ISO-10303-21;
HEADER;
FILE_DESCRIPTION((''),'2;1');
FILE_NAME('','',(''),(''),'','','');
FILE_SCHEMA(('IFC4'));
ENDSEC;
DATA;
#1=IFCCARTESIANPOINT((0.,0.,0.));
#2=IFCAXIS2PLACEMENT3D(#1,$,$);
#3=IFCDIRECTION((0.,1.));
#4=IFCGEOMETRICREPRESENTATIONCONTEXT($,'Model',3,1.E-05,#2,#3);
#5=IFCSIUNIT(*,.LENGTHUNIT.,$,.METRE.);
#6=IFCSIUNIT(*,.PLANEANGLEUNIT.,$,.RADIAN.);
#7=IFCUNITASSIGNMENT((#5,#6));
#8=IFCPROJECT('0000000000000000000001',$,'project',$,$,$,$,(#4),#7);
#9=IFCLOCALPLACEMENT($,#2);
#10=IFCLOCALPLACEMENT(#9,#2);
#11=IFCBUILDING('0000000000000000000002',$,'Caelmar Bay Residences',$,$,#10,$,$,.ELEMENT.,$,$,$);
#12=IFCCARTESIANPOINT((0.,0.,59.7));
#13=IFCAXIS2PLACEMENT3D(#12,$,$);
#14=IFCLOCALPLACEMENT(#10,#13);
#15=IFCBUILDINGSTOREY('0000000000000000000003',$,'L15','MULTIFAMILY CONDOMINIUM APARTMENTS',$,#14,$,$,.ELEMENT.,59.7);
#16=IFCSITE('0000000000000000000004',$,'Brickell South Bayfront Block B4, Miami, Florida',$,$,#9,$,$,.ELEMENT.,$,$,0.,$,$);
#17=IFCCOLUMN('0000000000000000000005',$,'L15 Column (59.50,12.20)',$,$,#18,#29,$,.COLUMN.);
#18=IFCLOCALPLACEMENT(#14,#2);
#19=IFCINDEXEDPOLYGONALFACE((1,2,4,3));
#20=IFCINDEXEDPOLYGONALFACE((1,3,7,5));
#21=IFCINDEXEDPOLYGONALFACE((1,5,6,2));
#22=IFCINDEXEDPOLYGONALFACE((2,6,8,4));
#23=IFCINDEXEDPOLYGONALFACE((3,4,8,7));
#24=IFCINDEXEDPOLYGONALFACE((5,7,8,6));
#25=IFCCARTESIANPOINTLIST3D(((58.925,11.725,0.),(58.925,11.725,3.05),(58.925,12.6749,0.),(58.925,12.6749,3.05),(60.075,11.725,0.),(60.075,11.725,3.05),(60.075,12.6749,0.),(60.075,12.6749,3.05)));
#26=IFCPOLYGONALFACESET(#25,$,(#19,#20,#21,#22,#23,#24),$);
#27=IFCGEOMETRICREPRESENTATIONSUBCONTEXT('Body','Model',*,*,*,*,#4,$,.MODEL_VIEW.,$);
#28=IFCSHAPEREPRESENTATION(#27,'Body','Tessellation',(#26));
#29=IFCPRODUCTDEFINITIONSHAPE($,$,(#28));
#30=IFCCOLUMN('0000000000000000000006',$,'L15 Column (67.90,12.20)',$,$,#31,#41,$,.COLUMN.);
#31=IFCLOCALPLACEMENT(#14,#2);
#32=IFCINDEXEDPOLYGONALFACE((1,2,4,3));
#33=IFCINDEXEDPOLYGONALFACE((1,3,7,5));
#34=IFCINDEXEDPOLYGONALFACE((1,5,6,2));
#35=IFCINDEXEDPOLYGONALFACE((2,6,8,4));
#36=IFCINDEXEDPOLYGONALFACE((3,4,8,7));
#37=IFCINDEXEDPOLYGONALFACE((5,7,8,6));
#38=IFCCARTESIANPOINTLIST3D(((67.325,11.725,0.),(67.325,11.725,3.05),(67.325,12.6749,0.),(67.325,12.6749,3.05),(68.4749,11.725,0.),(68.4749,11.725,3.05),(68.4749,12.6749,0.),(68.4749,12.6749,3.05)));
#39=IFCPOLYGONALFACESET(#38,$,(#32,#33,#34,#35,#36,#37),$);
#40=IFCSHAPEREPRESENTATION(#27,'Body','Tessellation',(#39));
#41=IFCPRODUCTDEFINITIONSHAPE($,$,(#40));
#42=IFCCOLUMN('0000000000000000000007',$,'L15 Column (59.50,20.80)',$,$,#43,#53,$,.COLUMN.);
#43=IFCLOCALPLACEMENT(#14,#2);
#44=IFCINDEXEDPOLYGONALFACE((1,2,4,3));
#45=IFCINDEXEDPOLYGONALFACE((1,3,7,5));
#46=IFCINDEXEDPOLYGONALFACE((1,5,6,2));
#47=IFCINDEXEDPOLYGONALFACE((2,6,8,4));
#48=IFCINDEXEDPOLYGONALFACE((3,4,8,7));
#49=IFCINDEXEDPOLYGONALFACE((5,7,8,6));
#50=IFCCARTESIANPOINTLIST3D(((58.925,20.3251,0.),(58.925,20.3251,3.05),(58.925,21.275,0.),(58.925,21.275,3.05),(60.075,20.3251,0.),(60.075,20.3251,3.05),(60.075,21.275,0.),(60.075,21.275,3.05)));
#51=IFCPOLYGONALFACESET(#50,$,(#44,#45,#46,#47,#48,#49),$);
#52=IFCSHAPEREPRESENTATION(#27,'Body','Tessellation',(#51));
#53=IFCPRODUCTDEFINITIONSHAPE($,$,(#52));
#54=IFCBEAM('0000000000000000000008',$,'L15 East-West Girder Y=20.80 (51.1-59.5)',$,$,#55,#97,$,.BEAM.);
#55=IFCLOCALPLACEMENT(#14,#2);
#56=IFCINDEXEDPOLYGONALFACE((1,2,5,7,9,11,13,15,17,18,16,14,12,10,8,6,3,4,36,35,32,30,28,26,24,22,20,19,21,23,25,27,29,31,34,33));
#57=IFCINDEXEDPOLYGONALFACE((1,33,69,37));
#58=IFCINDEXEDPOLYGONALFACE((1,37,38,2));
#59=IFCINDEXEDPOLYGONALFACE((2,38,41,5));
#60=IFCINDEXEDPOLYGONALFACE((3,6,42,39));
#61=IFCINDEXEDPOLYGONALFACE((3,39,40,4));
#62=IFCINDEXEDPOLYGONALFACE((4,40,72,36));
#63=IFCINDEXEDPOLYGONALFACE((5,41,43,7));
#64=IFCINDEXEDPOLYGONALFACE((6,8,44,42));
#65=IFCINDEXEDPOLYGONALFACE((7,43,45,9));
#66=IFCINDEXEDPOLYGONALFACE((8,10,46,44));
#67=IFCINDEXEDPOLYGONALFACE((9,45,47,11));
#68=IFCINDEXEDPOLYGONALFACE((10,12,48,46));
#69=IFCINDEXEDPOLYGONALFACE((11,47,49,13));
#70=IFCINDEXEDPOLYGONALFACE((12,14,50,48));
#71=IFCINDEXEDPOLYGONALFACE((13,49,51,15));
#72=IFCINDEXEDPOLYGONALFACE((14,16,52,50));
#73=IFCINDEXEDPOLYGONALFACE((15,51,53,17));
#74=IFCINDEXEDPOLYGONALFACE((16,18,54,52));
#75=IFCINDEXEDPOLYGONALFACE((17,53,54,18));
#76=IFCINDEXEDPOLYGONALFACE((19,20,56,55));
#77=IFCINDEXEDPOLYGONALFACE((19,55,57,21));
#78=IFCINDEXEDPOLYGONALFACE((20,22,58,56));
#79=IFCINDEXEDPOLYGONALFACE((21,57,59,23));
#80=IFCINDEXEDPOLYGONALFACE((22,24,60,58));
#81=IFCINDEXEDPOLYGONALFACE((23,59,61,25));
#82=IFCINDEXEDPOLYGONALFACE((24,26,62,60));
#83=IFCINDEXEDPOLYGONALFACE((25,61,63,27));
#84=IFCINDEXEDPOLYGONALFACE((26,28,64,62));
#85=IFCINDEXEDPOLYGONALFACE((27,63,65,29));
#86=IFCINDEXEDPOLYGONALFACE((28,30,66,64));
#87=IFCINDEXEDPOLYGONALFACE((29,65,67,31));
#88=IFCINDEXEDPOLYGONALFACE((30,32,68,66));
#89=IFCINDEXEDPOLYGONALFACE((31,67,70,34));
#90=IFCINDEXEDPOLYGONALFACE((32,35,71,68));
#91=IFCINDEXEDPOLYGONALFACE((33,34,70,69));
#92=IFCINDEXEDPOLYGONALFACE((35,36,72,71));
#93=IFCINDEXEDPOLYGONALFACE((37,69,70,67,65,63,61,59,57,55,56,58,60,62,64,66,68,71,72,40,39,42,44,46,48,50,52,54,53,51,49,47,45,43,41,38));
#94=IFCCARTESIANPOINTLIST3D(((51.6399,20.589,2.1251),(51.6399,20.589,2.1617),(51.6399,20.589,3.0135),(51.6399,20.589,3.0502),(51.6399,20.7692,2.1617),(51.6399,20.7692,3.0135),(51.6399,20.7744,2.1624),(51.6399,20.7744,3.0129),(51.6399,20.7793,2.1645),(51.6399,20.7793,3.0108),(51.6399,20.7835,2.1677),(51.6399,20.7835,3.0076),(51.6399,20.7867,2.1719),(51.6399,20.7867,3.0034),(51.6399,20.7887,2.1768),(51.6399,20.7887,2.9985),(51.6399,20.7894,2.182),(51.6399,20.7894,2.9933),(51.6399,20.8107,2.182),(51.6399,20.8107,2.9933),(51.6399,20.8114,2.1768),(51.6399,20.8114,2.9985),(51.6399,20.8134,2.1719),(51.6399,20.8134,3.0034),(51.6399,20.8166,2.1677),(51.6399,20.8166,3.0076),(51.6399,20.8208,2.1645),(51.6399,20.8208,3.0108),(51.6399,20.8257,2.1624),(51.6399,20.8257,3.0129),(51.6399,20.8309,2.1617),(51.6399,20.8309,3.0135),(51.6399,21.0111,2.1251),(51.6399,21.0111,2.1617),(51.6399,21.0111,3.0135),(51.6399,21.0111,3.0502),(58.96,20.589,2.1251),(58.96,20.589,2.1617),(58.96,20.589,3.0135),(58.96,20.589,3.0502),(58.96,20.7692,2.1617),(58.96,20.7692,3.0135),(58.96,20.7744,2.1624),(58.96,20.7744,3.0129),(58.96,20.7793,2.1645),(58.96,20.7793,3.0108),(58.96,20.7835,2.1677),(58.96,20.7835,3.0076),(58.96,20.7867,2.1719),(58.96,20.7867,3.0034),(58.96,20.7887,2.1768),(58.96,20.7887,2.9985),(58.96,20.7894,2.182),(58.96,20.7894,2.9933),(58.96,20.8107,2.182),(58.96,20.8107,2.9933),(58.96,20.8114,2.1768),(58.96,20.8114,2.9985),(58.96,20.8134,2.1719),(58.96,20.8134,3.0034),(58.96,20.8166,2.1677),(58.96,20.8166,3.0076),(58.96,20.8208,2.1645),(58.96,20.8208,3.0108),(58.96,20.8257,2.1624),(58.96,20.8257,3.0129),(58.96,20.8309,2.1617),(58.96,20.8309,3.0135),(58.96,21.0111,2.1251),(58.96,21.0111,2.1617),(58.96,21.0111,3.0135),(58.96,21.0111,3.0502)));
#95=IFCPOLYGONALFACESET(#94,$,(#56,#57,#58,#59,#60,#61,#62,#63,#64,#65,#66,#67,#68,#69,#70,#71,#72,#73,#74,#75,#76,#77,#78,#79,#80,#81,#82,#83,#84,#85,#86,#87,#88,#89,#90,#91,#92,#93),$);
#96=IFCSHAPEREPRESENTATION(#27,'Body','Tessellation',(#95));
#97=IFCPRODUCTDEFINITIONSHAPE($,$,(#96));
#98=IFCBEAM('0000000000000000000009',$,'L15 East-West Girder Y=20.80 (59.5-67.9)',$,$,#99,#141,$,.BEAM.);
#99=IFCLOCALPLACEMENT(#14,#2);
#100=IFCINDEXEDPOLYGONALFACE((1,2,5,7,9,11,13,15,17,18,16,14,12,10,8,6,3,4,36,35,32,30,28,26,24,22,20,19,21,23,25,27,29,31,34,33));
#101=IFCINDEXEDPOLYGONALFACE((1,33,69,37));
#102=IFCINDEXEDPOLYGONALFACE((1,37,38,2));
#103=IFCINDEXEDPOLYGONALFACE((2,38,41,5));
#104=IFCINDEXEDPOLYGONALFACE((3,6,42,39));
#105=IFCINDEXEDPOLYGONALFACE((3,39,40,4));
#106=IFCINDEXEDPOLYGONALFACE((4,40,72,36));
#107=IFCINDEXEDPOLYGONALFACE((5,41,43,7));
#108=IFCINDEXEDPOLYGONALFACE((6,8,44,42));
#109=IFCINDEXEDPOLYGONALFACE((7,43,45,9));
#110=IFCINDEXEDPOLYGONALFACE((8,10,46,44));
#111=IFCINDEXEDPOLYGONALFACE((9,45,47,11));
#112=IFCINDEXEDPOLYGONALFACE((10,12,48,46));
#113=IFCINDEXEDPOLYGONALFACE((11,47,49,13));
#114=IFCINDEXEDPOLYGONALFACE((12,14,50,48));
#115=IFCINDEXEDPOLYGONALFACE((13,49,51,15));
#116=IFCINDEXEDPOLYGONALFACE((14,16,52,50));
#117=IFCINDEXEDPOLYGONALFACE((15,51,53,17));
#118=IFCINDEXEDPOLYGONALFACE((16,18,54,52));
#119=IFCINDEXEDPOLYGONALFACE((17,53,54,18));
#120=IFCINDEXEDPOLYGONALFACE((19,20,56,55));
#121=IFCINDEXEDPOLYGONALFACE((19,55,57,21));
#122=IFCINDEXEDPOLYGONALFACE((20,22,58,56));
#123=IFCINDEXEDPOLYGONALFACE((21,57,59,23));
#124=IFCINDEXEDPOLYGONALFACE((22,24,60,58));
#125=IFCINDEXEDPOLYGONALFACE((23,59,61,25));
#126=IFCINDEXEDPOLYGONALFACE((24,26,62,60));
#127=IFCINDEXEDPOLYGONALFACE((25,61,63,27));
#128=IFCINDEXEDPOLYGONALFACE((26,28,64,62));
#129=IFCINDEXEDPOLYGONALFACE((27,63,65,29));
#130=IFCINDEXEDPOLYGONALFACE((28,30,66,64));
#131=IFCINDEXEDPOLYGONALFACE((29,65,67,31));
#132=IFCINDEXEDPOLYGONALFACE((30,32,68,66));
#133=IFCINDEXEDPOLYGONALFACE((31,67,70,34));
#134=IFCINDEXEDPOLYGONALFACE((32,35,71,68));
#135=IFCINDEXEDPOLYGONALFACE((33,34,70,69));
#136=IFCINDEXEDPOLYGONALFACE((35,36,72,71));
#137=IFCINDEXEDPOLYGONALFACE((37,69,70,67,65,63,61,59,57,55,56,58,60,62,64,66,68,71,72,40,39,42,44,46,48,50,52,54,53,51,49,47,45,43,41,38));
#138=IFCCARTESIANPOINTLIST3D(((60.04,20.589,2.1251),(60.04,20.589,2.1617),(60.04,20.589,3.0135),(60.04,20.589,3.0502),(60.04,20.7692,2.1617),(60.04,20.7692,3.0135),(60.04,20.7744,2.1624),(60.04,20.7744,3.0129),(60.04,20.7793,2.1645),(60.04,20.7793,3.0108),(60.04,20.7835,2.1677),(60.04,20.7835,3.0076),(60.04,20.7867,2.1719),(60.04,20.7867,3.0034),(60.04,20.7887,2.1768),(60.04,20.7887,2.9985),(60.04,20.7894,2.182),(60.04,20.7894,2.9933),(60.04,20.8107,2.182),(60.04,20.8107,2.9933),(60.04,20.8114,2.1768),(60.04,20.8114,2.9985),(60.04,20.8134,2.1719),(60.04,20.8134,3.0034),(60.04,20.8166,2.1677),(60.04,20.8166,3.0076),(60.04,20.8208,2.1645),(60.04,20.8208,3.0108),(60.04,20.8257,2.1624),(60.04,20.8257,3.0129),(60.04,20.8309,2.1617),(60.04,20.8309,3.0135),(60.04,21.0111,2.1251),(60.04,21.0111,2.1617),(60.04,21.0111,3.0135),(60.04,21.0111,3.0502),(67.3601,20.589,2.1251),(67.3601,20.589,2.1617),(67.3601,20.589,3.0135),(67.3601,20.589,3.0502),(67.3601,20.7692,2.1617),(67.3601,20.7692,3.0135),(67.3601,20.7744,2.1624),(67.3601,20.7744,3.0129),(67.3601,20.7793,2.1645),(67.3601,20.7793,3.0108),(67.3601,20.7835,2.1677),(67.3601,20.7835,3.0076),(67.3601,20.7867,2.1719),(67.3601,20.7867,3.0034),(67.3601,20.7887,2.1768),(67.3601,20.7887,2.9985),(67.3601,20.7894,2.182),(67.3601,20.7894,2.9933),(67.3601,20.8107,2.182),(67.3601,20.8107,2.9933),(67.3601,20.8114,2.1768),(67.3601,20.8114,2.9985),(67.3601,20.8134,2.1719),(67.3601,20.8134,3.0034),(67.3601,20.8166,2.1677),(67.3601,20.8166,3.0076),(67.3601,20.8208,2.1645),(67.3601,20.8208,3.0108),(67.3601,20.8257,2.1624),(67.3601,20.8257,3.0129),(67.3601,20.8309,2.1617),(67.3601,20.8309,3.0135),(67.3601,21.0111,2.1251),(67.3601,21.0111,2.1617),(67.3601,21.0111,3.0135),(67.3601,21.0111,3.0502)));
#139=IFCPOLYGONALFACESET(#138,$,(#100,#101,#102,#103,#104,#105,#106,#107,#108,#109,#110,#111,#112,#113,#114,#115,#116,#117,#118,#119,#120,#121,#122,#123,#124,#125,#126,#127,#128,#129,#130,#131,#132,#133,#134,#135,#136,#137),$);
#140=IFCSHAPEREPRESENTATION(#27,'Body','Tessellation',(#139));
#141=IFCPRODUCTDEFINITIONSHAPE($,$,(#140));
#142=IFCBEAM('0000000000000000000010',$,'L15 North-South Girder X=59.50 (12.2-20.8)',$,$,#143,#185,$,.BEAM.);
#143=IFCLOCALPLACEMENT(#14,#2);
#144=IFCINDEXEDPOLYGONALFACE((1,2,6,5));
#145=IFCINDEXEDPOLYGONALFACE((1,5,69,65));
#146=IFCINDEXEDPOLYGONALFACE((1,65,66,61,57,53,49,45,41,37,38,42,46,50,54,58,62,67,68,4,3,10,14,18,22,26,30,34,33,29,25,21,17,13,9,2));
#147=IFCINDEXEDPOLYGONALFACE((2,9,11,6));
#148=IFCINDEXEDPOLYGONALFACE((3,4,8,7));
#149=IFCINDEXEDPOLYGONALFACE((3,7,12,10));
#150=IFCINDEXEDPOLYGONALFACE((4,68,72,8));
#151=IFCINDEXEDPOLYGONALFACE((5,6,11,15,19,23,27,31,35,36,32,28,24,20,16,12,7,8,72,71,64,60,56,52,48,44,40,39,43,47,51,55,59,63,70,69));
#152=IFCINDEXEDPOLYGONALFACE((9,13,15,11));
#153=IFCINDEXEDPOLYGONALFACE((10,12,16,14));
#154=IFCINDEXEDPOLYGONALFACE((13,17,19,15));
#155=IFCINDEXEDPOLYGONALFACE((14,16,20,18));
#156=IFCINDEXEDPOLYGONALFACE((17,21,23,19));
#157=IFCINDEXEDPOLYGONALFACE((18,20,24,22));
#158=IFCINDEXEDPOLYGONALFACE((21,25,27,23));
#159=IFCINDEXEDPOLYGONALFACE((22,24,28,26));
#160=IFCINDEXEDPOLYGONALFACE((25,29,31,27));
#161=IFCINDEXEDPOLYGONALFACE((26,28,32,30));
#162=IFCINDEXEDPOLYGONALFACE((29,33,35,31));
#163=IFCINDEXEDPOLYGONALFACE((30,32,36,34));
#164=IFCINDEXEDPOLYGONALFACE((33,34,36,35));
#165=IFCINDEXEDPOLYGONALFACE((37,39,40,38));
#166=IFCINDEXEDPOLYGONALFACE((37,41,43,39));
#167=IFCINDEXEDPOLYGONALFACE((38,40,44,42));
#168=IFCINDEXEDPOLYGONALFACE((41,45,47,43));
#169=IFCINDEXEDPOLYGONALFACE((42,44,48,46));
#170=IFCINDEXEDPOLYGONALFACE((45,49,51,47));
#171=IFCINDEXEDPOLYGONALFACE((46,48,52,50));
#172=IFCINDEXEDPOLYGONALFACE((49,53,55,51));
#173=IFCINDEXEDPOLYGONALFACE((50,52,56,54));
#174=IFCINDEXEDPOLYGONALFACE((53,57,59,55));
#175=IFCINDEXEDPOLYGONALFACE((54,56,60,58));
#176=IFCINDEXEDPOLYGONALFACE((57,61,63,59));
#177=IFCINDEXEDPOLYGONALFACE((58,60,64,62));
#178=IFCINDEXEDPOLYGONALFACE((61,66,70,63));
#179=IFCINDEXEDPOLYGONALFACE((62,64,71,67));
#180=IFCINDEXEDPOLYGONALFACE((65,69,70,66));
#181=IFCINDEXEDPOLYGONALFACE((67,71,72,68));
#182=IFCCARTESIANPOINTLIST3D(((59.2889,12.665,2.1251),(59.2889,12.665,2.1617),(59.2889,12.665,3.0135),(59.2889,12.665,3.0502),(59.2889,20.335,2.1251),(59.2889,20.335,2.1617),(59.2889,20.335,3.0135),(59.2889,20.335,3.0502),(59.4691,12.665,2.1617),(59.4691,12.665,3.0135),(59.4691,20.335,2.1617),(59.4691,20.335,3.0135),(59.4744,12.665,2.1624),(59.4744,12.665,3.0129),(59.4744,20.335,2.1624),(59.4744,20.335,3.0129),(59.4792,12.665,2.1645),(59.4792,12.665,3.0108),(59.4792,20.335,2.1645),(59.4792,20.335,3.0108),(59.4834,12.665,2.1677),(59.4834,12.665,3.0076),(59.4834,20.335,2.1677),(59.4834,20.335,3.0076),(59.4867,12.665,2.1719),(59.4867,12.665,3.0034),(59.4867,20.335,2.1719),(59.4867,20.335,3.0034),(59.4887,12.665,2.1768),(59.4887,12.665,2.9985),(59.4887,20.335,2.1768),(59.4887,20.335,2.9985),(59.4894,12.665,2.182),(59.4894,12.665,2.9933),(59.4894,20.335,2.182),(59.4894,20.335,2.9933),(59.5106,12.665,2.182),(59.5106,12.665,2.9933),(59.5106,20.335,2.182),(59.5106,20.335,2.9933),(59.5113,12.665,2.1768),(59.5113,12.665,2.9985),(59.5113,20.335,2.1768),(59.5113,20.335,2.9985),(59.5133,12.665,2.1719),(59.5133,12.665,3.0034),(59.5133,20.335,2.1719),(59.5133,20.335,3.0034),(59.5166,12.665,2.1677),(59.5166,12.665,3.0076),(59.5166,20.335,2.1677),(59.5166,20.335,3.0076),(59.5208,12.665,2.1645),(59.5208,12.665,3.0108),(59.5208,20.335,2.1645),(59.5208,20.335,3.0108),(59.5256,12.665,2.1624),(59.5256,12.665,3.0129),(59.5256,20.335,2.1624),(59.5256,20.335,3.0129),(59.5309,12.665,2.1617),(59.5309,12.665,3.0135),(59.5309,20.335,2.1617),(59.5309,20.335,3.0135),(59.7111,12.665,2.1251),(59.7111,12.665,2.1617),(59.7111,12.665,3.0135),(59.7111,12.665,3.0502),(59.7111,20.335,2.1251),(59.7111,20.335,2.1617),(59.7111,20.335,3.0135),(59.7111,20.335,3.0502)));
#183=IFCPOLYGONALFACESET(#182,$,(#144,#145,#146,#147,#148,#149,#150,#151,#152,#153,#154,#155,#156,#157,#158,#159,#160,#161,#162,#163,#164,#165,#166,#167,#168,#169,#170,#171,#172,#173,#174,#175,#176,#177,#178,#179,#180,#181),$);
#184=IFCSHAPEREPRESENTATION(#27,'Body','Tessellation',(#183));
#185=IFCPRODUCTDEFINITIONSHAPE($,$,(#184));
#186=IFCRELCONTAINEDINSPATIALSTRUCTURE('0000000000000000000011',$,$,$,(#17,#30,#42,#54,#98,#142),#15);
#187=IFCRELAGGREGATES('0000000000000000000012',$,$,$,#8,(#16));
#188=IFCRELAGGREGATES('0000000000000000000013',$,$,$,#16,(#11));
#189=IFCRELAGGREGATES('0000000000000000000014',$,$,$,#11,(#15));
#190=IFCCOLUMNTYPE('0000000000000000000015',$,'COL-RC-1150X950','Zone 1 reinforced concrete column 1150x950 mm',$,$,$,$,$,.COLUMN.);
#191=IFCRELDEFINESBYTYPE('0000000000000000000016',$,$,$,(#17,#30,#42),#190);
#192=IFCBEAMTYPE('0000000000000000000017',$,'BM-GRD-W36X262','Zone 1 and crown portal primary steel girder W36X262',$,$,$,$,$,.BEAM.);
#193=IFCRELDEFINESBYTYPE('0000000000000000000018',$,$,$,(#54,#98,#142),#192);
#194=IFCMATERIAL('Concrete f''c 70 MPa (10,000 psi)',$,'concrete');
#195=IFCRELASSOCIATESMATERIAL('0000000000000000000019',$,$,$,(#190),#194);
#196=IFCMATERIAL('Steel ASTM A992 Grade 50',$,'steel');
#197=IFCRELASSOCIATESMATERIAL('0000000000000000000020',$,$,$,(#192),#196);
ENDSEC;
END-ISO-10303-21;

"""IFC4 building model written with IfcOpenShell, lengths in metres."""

from ifc_helpers import new_model, si_unit, direction, frame, origin, origin_2d, place, context, subcontext, project, spatial, rectangle, i_section, extrude, material, material_profile, profile_set, type_object, element, save


model = new_model("IFC4")

# Units and contexts
model_context = context("Model", 3, precision=1e-05, world=origin(), true_north=direction((0.0, 1.0)))
body_context = subcontext(model_context, "Body", "Model", "MODEL_VIEW")
ifc_project = project(units=[si_unit("LENGTHUNIT", "METRE"), si_unit("PLANEANGLEUNIT", "RADIAN")], contexts=[model_context])

# Site, building, storey
site_placement = place(None, origin())
site = spatial("IfcSite", under=ifc_project, at=site_placement, Name="Brickell South Bayfront Block B4, Miami, Florida", CompositionType="ELEMENT", RefElevation=0.0)
building_placement = place(site_placement, origin())
building = spatial("IfcBuilding", under=site, at=building_placement, Name="Caelmar Bay Residences", CompositionType="ELEMENT")
storey_placement = place(building_placement, frame((0.0, 0.0, 59.7)))
storey = spatial("IfcBuildingStorey", under=building, at=storey_placement, Name="L15", Description="MULTIFAMILY CONDOMINIUM APARTMENTS", CompositionType="ELEMENT", Elevation=59.7)

# Columns
ifc_material_1 = material(Name="Concrete f'c 70 MPa (10,000 psi)", Category="concrete")
ifc_material_profile_1 = material_profile(ifc_material_1, rectangle(XDim=1.1499, YDim=0.95, at=origin_2d()), Name="RC-COL-1150X950")
ifc_profile_set_1 = profile_set([ifc_material_profile_1], Name="Concrete f'c 70 MPa (10,000 psi)")
column_type = type_object("IfcColumnType", Name="COL-RC-1150X950", Description="Zone 1 reinforced concrete column 1150x950 mm", PredefinedType="COLUMN", material=ifc_profile_set_1)
for number, where, z_axis, x_axis, name in (
    (1, (59.5, 12.2, 0.0), (0.0, 0.0, 1.0), (1.0, 0.0, 0.0), "L15 Column (59.50,12.20)"),
    (2, (67.8999, 12.2, 0.0), (0.0, 0.0, 1.0), (1.0, 0.0, 0.0), "L15 Column (67.90,12.20)"),
    (3, (59.5, 20.8, 0.0), (0.0, 0.0, 1.0), (1.0, 0.0, 0.0), "L15 Column (59.50,20.80)"),
):
    element("IfcColumn", number, at=place(storey_placement, frame(where, z_axis=z_axis, x_axis=x_axis)), inside=storey, type_object=column_type, Name=name, PredefinedType="COLUMN", context=body_context, shape_type="SweptSolid", body=[
        extrude(rectangle(XDim=1.1499, YDim=0.95, at=origin_2d()), origin(), (0.0, 0.0, 1.0), 3.05),
    ])

# Beams
ifc_material_2 = material(Name="Steel ASTM A992 Grade 50", Category="steel")
ifc_material_profile_2 = material_profile(ifc_material_2, i_section(OverallWidth=0.4221, OverallDepth=0.925, WebThickness=0.0212, FlangeThickness=0.0366, FilletRadius=0.0203, at=origin_2d()), Name="W36X262")
ifc_profile_set_2 = profile_set([ifc_material_profile_2], Name="Steel ASTM A992 Grade 50")
beam_type_1 = type_object("IfcBeamType", Name="BM-GRD-W36X262", Description="Zone 1 and crown portal primary steel girder W36X262", PredefinedType="BEAM", material=ifc_profile_set_2)
for number, where, z_axis, x_axis, name in (
    (4, (51.6399, 20.8, 2.5876), (1.0, 0.0, 0.0), (0.0, 1.0, 0.0), "L15 East-West Girder Y=20.80 (51.1-59.5)"),
    (5, (60.04, 20.8, 2.5876), (1.0, 0.0, 0.0), (0.0, 1.0, 0.0), "L15 East-West Girder Y=20.80 (59.5-67.9)"),
):
    element("IfcBeam", number, at=place(storey_placement, frame(where, z_axis=z_axis, x_axis=x_axis)), inside=storey, type_object=beam_type_1, Name=name, PredefinedType="BEAM", context=body_context, shape_type="SweptSolid", body=[
        extrude(i_section(OverallWidth=0.4221, OverallDepth=0.925, WebThickness=0.0212, FlangeThickness=0.0366, FilletRadius=0.0203, at=origin_2d()), origin(), (0.0, 0.0, 1.0), 7.3201),
    ])
beam_1_placement = place(storey_placement, frame((59.5, 12.665, 2.5876), z_axis=(0.0, 1.0, 0.0), x_axis=(-1.0, 0.0, 0.0)))
element("IfcBeam", 6, at=beam_1_placement, inside=storey, type_object=beam_type_1, Name="L15 North-South Girder X=59.50 (12.2-20.8)", PredefinedType="BEAM", context=body_context, shape_type="SweptSolid", body=[
    extrude(i_section(OverallWidth=0.4221, OverallDepth=0.925, WebThickness=0.0212, FlangeThickness=0.0366, FilletRadius=0.0203, at=origin_2d()), origin(), (0.0, 0.0, 1.0), 7.6699),
])

save(model, "model.ifc")
